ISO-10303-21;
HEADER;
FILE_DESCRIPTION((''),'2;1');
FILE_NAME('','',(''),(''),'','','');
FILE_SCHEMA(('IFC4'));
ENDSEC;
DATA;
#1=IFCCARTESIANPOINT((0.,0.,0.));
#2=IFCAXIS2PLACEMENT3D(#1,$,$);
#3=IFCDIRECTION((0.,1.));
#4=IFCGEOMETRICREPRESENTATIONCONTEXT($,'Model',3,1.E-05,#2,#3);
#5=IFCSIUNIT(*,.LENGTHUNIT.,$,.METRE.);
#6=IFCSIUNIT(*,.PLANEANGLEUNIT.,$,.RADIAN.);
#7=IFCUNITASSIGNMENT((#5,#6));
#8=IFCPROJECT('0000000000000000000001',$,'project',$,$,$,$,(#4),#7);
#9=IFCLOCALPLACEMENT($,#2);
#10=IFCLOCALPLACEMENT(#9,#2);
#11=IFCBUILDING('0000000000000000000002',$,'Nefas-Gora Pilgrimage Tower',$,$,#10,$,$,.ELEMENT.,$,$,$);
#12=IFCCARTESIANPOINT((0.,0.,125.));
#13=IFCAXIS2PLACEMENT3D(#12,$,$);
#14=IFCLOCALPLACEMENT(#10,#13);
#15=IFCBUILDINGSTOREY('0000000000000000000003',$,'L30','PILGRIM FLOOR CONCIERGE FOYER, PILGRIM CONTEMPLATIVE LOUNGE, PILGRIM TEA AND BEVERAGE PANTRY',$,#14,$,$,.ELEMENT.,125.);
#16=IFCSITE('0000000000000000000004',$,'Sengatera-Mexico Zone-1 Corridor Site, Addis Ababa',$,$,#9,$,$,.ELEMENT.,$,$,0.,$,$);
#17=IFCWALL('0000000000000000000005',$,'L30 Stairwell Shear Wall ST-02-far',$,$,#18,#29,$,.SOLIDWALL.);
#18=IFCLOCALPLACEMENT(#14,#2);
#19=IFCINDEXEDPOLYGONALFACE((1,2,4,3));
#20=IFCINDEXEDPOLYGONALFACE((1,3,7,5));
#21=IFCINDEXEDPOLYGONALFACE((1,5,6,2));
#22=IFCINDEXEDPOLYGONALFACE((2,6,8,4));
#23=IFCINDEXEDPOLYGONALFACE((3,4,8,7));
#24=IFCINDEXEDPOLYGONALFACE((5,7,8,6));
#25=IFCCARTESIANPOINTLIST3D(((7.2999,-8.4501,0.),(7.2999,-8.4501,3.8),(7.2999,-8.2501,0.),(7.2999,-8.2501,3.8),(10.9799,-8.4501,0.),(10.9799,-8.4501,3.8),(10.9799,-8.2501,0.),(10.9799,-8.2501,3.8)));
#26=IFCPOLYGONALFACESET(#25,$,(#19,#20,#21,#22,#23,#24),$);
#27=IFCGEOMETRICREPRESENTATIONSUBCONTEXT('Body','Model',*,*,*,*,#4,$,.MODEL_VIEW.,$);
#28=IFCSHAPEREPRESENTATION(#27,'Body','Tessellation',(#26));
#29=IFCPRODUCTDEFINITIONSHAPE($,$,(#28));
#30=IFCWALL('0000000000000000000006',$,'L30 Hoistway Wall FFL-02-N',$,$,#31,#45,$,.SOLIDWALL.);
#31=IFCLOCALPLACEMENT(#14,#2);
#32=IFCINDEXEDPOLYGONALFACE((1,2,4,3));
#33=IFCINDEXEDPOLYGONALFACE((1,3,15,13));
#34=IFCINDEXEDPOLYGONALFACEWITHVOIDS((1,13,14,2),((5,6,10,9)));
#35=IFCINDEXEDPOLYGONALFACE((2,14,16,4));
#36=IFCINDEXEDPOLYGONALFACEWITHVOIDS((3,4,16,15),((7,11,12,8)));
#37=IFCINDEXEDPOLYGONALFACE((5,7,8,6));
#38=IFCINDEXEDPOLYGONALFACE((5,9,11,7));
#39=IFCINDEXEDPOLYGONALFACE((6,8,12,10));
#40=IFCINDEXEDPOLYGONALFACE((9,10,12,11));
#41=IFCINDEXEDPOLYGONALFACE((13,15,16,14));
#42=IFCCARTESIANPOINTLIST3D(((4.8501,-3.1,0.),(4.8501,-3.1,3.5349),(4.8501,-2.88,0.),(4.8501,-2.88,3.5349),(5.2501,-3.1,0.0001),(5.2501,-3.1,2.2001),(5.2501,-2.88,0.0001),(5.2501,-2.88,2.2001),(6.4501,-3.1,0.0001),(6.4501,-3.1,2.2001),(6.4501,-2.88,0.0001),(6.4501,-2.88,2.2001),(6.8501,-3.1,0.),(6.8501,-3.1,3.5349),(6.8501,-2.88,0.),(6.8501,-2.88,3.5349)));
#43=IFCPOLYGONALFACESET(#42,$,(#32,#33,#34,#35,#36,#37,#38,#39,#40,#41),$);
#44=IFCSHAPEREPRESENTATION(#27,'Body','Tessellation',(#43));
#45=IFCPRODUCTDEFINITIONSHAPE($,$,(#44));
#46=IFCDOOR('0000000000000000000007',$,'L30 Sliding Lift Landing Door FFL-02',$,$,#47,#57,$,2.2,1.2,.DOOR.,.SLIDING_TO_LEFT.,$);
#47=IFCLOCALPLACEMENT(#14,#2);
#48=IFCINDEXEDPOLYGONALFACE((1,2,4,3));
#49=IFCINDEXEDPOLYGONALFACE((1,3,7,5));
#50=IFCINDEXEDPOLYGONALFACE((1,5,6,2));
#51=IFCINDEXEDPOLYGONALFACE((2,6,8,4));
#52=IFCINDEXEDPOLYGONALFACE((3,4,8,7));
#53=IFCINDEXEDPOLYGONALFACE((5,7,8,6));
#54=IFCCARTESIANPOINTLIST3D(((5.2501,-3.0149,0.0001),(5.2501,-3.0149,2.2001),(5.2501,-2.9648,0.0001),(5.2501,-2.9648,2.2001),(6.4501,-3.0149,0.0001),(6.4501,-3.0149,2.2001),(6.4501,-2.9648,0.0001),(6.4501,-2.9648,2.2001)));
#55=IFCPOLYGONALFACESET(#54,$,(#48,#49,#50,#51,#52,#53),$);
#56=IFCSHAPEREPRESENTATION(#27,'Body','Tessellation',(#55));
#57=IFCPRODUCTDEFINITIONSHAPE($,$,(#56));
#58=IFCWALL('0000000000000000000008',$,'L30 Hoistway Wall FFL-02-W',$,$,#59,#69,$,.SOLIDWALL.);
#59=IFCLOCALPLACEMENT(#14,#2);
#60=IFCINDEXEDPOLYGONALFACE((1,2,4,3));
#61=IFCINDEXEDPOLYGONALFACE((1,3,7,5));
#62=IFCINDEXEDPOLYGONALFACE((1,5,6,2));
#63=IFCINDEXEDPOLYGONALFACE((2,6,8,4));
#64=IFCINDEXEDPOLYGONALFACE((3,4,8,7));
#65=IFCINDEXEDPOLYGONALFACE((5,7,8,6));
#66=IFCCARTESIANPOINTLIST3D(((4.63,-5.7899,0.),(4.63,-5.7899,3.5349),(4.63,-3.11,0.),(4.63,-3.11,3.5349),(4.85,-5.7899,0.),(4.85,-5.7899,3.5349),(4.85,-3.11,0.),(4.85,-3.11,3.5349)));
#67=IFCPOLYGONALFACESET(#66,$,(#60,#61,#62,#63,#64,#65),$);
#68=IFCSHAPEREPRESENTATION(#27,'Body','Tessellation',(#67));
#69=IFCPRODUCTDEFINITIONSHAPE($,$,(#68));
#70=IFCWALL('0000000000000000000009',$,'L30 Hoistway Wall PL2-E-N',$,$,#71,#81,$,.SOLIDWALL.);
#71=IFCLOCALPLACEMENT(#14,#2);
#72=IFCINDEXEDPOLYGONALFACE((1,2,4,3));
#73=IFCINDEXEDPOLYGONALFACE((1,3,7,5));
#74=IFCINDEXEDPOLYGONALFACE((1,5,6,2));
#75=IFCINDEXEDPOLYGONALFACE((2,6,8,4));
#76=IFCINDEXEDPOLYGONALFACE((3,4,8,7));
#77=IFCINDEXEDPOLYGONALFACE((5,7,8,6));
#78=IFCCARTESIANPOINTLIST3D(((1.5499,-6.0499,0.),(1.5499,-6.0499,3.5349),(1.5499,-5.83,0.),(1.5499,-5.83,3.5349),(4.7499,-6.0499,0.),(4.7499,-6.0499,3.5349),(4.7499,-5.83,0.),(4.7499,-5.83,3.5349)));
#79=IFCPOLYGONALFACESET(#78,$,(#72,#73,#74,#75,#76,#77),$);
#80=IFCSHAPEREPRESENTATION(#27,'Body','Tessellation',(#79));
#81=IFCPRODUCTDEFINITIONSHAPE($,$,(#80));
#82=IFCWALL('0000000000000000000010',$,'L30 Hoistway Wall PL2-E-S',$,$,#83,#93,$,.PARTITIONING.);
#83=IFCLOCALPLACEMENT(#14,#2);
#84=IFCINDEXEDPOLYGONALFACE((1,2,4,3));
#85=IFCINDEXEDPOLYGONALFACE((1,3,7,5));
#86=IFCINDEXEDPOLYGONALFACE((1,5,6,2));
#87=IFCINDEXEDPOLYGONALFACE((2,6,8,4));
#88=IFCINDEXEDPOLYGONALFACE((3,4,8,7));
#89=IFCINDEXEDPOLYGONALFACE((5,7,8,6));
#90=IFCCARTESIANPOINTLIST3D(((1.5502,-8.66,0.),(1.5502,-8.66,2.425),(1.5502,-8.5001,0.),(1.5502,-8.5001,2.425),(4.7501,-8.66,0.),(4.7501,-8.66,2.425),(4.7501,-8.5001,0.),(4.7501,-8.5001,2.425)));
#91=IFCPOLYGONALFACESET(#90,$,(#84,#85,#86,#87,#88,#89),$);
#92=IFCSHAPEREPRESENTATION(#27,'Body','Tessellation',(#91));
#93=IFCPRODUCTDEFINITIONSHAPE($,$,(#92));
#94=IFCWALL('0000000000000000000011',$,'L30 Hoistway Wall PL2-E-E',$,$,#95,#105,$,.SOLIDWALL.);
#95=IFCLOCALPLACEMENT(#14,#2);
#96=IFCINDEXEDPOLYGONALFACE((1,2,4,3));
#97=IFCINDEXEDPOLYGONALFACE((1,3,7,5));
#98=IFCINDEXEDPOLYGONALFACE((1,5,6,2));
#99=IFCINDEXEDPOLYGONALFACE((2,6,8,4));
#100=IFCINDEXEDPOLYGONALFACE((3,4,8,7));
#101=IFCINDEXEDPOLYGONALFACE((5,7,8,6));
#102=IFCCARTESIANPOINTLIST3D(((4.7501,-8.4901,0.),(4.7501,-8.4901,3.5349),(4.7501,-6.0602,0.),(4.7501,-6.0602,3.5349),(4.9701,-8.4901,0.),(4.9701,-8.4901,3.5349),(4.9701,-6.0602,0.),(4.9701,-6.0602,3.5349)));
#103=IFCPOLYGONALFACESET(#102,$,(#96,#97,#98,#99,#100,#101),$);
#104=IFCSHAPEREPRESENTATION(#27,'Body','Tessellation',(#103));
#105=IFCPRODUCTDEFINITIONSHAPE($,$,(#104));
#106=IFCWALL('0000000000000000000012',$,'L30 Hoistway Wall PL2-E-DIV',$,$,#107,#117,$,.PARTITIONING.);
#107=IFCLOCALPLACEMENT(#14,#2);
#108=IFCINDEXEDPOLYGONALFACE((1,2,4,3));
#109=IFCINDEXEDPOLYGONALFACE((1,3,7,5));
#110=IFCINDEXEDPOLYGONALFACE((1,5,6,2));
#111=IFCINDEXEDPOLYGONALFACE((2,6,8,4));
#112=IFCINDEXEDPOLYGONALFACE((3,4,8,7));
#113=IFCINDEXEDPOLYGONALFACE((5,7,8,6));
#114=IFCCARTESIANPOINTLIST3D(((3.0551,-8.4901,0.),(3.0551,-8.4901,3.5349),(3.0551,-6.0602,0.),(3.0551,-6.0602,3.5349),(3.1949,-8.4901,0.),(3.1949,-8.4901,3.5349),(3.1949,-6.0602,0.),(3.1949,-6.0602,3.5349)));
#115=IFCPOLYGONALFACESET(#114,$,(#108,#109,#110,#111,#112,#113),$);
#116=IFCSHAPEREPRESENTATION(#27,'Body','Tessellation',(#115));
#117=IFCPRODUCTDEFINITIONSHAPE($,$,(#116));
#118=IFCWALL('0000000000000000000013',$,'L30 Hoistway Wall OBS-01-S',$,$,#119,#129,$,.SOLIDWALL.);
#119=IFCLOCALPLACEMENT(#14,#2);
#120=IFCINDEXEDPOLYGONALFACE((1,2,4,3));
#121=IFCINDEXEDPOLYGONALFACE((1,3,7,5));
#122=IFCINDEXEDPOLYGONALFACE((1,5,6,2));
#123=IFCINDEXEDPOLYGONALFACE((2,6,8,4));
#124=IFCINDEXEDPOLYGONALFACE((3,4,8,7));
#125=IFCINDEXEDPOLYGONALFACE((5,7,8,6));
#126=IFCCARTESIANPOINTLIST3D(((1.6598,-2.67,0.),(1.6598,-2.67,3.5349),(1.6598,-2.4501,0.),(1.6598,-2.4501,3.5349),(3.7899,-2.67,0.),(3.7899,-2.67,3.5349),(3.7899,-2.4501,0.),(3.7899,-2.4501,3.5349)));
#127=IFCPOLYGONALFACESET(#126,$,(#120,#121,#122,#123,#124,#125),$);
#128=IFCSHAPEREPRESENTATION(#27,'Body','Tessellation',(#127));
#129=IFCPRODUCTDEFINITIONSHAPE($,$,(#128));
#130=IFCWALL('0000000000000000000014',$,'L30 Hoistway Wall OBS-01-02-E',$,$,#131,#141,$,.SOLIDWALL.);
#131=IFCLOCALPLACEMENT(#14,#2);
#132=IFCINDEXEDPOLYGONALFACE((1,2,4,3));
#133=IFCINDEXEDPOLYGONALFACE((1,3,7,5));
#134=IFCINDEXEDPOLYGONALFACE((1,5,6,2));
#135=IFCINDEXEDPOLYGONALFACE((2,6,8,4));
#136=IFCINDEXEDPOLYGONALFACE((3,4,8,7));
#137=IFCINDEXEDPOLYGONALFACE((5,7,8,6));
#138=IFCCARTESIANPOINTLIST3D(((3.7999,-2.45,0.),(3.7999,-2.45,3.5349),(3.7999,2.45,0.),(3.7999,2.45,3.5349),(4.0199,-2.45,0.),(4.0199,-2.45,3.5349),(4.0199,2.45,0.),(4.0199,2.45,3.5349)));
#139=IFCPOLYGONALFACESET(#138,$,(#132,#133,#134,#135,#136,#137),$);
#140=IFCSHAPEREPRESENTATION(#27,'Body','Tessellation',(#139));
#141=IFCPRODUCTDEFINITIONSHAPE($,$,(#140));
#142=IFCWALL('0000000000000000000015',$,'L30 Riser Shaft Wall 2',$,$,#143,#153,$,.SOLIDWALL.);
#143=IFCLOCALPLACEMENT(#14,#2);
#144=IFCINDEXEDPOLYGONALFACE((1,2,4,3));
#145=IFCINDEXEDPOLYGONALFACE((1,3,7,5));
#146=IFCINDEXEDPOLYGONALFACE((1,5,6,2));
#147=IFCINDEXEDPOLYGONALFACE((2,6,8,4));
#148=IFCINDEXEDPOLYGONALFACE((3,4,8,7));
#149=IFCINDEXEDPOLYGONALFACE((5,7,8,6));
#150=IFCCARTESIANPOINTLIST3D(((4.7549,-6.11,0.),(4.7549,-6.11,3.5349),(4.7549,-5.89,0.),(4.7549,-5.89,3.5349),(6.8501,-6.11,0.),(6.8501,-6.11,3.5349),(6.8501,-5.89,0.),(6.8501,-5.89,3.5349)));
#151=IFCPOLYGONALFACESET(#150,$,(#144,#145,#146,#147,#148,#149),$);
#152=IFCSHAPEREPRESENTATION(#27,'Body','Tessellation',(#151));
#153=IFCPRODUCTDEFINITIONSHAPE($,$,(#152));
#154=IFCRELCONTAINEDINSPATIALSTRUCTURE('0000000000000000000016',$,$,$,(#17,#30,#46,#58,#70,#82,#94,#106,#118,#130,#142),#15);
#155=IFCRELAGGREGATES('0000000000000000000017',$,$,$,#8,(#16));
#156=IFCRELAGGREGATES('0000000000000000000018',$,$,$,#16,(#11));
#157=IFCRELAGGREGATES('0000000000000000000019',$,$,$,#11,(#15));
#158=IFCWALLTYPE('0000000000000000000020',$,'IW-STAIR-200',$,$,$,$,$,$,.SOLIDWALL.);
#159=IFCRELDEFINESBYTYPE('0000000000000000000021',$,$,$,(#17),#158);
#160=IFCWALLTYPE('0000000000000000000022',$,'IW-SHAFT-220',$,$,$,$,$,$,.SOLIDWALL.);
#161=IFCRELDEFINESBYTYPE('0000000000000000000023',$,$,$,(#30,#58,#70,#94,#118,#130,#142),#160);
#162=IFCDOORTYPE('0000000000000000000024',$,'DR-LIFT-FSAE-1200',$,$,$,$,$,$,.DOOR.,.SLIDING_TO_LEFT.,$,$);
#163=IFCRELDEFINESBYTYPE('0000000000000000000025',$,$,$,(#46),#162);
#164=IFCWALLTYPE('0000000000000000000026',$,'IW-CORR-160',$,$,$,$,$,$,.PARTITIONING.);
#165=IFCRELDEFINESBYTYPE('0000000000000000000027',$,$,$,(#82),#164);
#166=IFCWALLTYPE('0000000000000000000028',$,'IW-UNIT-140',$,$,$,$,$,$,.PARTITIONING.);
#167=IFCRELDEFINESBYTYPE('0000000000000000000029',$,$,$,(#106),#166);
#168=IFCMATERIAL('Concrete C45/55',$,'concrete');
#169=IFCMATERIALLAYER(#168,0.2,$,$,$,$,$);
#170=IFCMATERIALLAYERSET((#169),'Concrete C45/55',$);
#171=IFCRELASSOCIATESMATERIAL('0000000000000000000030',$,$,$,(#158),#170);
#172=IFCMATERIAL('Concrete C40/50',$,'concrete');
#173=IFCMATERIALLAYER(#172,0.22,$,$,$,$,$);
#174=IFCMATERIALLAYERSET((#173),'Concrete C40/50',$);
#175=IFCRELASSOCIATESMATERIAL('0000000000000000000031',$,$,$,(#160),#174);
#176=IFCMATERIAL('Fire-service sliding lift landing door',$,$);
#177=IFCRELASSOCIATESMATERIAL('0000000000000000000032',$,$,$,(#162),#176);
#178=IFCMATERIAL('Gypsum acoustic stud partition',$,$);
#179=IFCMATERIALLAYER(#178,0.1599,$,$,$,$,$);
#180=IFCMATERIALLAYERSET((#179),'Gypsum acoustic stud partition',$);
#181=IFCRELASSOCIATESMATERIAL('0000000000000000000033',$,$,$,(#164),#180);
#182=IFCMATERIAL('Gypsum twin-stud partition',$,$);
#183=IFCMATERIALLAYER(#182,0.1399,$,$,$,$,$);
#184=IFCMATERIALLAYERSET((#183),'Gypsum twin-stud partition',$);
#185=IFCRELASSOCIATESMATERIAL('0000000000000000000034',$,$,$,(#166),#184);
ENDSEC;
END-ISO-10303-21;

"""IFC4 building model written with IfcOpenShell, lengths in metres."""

from ifc_helpers import new_model, si_unit, direction, frame, frame_2d, origin, place, context, subcontext, project, spatial, rectangle, extrude, source, transform, mapped, material, layer, layer_set, type_object, element, fill, save


model = new_model("IFC4")

# Units and contexts
model_context = context("Model", 3, precision=1e-05, world=origin(), true_north=direction((0.0, 1.0)))
body_context = subcontext(model_context, "Body", "Model", "MODEL_VIEW")
ifc_project = project(units=[si_unit("LENGTHUNIT", "METRE"), si_unit("PLANEANGLEUNIT", "RADIAN")], contexts=[model_context])

# Site, building, storey
site_placement = place(None, origin())
site = spatial("IfcSite", under=ifc_project, at=site_placement, Name="Sengatera-Mexico Zone-1 Corridor Site, Addis Ababa", CompositionType="ELEMENT", RefElevation=0.0)
building_placement = place(site_placement, origin())
building = spatial("IfcBuilding", under=site, at=building_placement, Name="Nefas-Gora Pilgrimage Tower", CompositionType="ELEMENT")
storey_placement = place(building_placement, frame((0.0, 0.0, 125.0)))
storey = spatial("IfcBuildingStorey", under=building, at=storey_placement, Name="L30", Description="PILGRIM FLOOR CONCIERGE FOYER, PILGRIM CONTEMPLATIVE LOUNGE, PILGRIM TEA AND BEVERAGE PANTRY", CompositionType="ELEMENT", Elevation=125.0)

# Wall
ifc_material_1 = material(Name="Concrete C45/55", Category="concrete")
ifc_layer_1 = layer(ifc_material_1, 0.2)
ifc_layer_set_1 = layer_set([ifc_layer_1], Name="Concrete C45/55")
wall_type_1 = type_object("IfcWallType", Name="IW-STAIR-200", PredefinedType="SOLIDWALL", material=ifc_layer_set_1)
shared_shape_1 = source(origin(), body_context, "Body", "SweptSolid", [
    extrude(rectangle(XDim=3.6799, YDim=0.2, at=frame_2d((1.8398, 0.0))), origin(), (0.0, 0.0, 1.0), 3.8),
])
wall_1_placement = place(storey_placement, frame((7.3, -8.3501, 0.0), z_axis=(0.0, 0.0, 1.0), x_axis=(1.0, 0.0, 0.0)))
element("IfcWall", 1, at=wall_1_placement, inside=storey, type_object=wall_type_1, Name="L30 Stairwell Shear Wall ST-02-far", PredefinedType="SOLIDWALL", context=body_context, shape_type="MappedRepresentation", body=[
    mapped(shared_shape_1, transform((0.0, 0.0, 0.0), x_axis=(1.0, 0.0, 0.0), y_axis=(0.0, 1.0, 0.0), z_axis=(0.0, 0.0, 1.0), scale=1.0)),
])

# Wall, opening, door
ifc_material_2 = material(Name="Concrete C40/50", Category="concrete")
ifc_layer_2 = layer(ifc_material_2, 0.22)
ifc_layer_set_2 = layer_set([ifc_layer_2], Name="Concrete C40/50")
wall_type_2 = type_object("IfcWallType", Name="IW-SHAFT-220", PredefinedType="SOLIDWALL", material=ifc_layer_set_2)
shared_shape_2 = source(origin(), body_context, "Body", "SweptSolid", [
    extrude(rectangle(XDim=2.0, YDim=0.22, at=frame_2d((1.0, 0.0))), origin(), (0.0, 0.0, 1.0), 3.5349),
])
wall_2_placement = place(storey_placement, frame((6.8501, -2.99, 0.0), z_axis=(0.0, 0.0, 1.0), x_axis=(-1.0, 0.0, 0.0)))
wall_2 = element("IfcWall", 2, at=wall_2_placement, inside=storey, type_object=wall_type_2, Name="L30 Hoistway Wall FFL-02-N", PredefinedType="SOLIDWALL", context=body_context, shape_type="MappedRepresentation", body=[
    mapped(shared_shape_2, transform((0.0, 0.0, 0.0), x_axis=(1.0, 0.0, 0.0), y_axis=(0.0, 1.0, 0.0), z_axis=(0.0, 0.0, 1.0), scale=1.0)),
])
opening_1_placement = place(wall_2_placement, frame((0.3999, 0.0, 0.0)))
opening_1 = element("IfcOpeningElement", 3, at=opening_1_placement, cuts=wall_2, PredefinedType="OPENING", context=body_context, shape_type="SweptSolid", body=[
    extrude(rectangle(XDim=1.2, YDim=2.2, at=frame_2d((0.6001, 1.1001))), frame((0.0, 0.1199, 0.0), z_axis=(0.0, -1.0, 0.0), x_axis=(1.0, 0.0, 0.0)), (0.0, 0.0, 1.0), 0.24),
])
ifc_material_3 = material(Name="Fire-service sliding lift landing door")
door_type_1 = type_object("IfcDoorType", Name="DR-LIFT-FSAE-1200", OperationType="SLIDING_TO_LEFT", PredefinedType="DOOR", material=ifc_material_3)
shared_shape_3 = source(origin(), body_context, "Body", "SweptSolid", [
    extrude(rectangle(XDim=1.2, YDim=2.2, at=frame_2d((0.6001, 1.1001))), frame((0.0, 0.0249, 0.0), z_axis=(0.0, -1.0, 0.0), x_axis=(1.0, 0.0, 0.0)), (0.0, 0.0, 1.0), 0.05),
])
door_1_placement = place(opening_1_placement, origin())
door_1 = element("IfcDoor", 4, at=door_1_placement, inside=storey, type_object=door_type_1, Name="L30 Sliding Lift Landing Door FFL-02", OperationType="SLIDING_TO_LEFT", OverallHeight=2.2, OverallWidth=1.2, PredefinedType="DOOR", context=body_context, shape_type="MappedRepresentation", body=[
    mapped(shared_shape_3, transform((0.0, 0.0, 0.0), x_axis=(1.0, 0.0, 0.0), y_axis=(0.0, 1.0, 0.0), z_axis=(0.0, 0.0, 1.0), scale=1.0)),
])
fill(opening_1, door_1)

# Walls
shared_shape_4 = source(origin(), body_context, "Body", "SweptSolid", [
    extrude(rectangle(XDim=2.6799, YDim=0.22, at=frame_2d((1.3398, 0.0))), origin(), (0.0, 0.0, 1.0), 3.5349),
])
wall_3_placement = place(storey_placement, frame((4.74, -3.1101, 0.0), z_axis=(0.0, 0.0, 1.0), x_axis=(0.0, -1.0, 0.0)))
element("IfcWall", 5, at=wall_3_placement, inside=storey, type_object=wall_type_2, Name="L30 Hoistway Wall FFL-02-W", PredefinedType="SOLIDWALL", context=body_context, shape_type="MappedRepresentation", body=[
    mapped(shared_shape_4, transform((0.0, 0.0, 0.0), x_axis=(1.0, 0.0, 0.0), y_axis=(0.0, 1.0, 0.0), z_axis=(0.0, 0.0, 1.0), scale=1.0)),
])
shared_shape_5 = source(origin(), body_context, "Body", "SweptSolid", [
    extrude(rectangle(XDim=3.2, YDim=0.22, at=frame_2d((1.6001, 0.0))), origin(), (0.0, 0.0, 1.0), 3.5349),
])
wall_4_placement = place(storey_placement, frame((4.75, -5.9399, 0.0), z_axis=(0.0, 0.0, 1.0), x_axis=(-1.0, 0.0, 0.0)))
element("IfcWall", 6, at=wall_4_placement, inside=storey, type_object=wall_type_2, Name="L30 Hoistway Wall PL2-E-N", PredefinedType="SOLIDWALL", context=body_context, shape_type="MappedRepresentation", body=[
    mapped(shared_shape_5, transform((0.0, 0.0, 0.0), x_axis=(1.0, 0.0, 0.0), y_axis=(0.0, 1.0, 0.0), z_axis=(0.0, 0.0, 1.0), scale=1.0)),
])
ifc_material_4 = material(Name="Gypsum acoustic stud partition")
ifc_layer_3 = layer(ifc_material_4, 0.1599)
ifc_layer_set_3 = layer_set([ifc_layer_3], Name="Gypsum acoustic stud partition")
wall_type_3 = type_object("IfcWallType", Name="IW-CORR-160", PredefinedType="PARTITIONING", material=ifc_layer_set_3)
shared_shape_6 = source(origin(), body_context, "Body", "SweptSolid", [
    extrude(rectangle(XDim=3.2, YDim=0.1599, at=frame_2d((1.6001, 0.0))), origin(), (0.0, 0.0, 1.0), 2.425),
])
wall_5_placement = place(storey_placement, frame((1.55, -8.5801, 0.0), z_axis=(0.0, 0.0, 1.0), x_axis=(1.0, 0.0, 0.0)))
element("IfcWall", 7, at=wall_5_placement, inside=storey, type_object=wall_type_3, Name="L30 Hoistway Wall PL2-E-S", PredefinedType="PARTITIONING", context=body_context, shape_type="MappedRepresentation", body=[
    mapped(shared_shape_6, transform((0.0, 0.0, 0.0), x_axis=(1.0, 0.0, 0.0), y_axis=(0.0, 1.0, 0.0), z_axis=(0.0, 0.0, 1.0), scale=1.0)),
])
shared_shape_7 = source(origin(), body_context, "Body", "SweptSolid", [
    extrude(rectangle(XDim=2.4299, YDim=0.22, at=frame_2d((1.2148, 0.0))), origin(), (0.0, 0.0, 1.0), 3.5349),
])
for number, where, z_axis, x_axis, name in (
    (8, (4.8601, -8.49, 0.0), (0.0, 0.0, 1.0), (0.0, 1.0, 0.0), "L30 Hoistway Wall PL2-E-E"),
):
    element("IfcWall", number, at=place(storey_placement, frame(where, z_axis=z_axis, x_axis=x_axis)), inside=storey, type_object=wall_type_2, Name=name, PredefinedType="SOLIDWALL", context=body_context, shape_type="MappedRepresentation", body=[
        mapped(shared_shape_7, transform((0.0, 0.0, 0.0), x_axis=(1.0, 0.0, 0.0), y_axis=(0.0, 1.0, 0.0), z_axis=(0.0, 0.0, 1.0), scale=1.0)),
    ])
ifc_material_5 = material(Name="Gypsum twin-stud partition")
ifc_layer_4 = layer(ifc_material_5, 0.1399)
ifc_layer_set_4 = layer_set([ifc_layer_4], Name="Gypsum twin-stud partition")
wall_type_4 = type_object("IfcWallType", Name="IW-UNIT-140", PredefinedType="PARTITIONING", material=ifc_layer_set_4)
shared_shape_8 = source(origin(), body_context, "Body", "SweptSolid", [
    extrude(rectangle(XDim=2.4299, YDim=0.1399, at=frame_2d((1.2148, 0.0))), origin(), (0.0, 0.0, 1.0), 3.5349),
])
wall_6_placement = place(storey_placement, frame((3.125, -8.49, 0.0), z_axis=(0.0, 0.0, 1.0), x_axis=(0.0, 1.0, 0.0)))
element("IfcWall", 9, at=wall_6_placement, inside=storey, type_object=wall_type_4, Name="L30 Hoistway Wall PL2-E-DIV", PredefinedType="PARTITIONING", context=body_context, shape_type="MappedRepresentation", body=[
    mapped(shared_shape_8, transform((0.0, 0.0, 0.0), x_axis=(1.0, 0.0, 0.0), y_axis=(0.0, 1.0, 0.0), z_axis=(0.0, 0.0, 1.0), scale=1.0)),
])
shared_shape_9 = source(origin(), body_context, "Body", "SweptSolid", [
    extrude(rectangle(XDim=2.1301, YDim=0.22, at=frame_2d((1.0649, 0.0))), origin(), (0.0, 0.0, 1.0), 3.5349),
])
wall_7_placement = place(storey_placement, frame((1.6599, -2.5601, 0.0), z_axis=(0.0, 0.0, 1.0), x_axis=(1.0, 0.0, 0.0)))
element("IfcWall", 10, at=wall_7_placement, inside=storey, type_object=wall_type_2, Name="L30 Hoistway Wall OBS-01-S", PredefinedType="SOLIDWALL", context=body_context, shape_type="MappedRepresentation", body=[
    mapped(shared_shape_9, transform((0.0, 0.0, 0.0), x_axis=(1.0, 0.0, 0.0), y_axis=(0.0, 1.0, 0.0), z_axis=(0.0, 0.0, 1.0), scale=1.0)),
])
shared_shape_10 = source(origin(), body_context, "Body", "SweptSolid", [
    extrude(rectangle(XDim=4.8999, YDim=0.22, at=frame_2d((2.45, 0.0))), origin(), (0.0, 0.0, 1.0), 3.5349),
])
wall_8_placement = place(storey_placement, frame((3.9099, -2.45, 0.0), z_axis=(0.0, 0.0, 1.0), x_axis=(0.0, 1.0, 0.0)))
element("IfcWall", 11, at=wall_8_placement, inside=storey, type_object=wall_type_2, Name="L30 Hoistway Wall OBS-01-02-E", PredefinedType="SOLIDWALL", context=body_context, shape_type="MappedRepresentation", body=[
    mapped(shared_shape_10, transform((0.0, 0.0, 0.0), x_axis=(1.0, 0.0, 0.0), y_axis=(0.0, 1.0, 0.0), z_axis=(0.0, 0.0, 1.0), scale=1.0)),
])
shared_shape_11 = source(origin(), body_context, "Body", "SweptSolid", [
    extrude(rectangle(XDim=2.0952, YDim=0.22, at=frame_2d((1.0476, 0.0))), origin(), (0.0, 0.0, 1.0), 3.5349),
])
wall_9_placement = place(storey_placement, frame((4.7549, -6.0, 0.0), z_axis=(0.0, 0.0, 1.0), x_axis=(1.0, 0.0, 0.0)))
element("IfcWall", 12, at=wall_9_placement, inside=storey, type_object=wall_type_2, Name="L30 Riser Shaft Wall 2", PredefinedType="SOLIDWALL", context=body_context, shape_type="MappedRepresentation", body=[
    mapped(shared_shape_11, transform((0.0, 0.0, 0.0), x_axis=(1.0, 0.0, 0.0), y_axis=(0.0, 1.0, 0.0), z_axis=(0.0, 0.0, 1.0), scale=1.0)),
])

save(model, "model.ifc")
